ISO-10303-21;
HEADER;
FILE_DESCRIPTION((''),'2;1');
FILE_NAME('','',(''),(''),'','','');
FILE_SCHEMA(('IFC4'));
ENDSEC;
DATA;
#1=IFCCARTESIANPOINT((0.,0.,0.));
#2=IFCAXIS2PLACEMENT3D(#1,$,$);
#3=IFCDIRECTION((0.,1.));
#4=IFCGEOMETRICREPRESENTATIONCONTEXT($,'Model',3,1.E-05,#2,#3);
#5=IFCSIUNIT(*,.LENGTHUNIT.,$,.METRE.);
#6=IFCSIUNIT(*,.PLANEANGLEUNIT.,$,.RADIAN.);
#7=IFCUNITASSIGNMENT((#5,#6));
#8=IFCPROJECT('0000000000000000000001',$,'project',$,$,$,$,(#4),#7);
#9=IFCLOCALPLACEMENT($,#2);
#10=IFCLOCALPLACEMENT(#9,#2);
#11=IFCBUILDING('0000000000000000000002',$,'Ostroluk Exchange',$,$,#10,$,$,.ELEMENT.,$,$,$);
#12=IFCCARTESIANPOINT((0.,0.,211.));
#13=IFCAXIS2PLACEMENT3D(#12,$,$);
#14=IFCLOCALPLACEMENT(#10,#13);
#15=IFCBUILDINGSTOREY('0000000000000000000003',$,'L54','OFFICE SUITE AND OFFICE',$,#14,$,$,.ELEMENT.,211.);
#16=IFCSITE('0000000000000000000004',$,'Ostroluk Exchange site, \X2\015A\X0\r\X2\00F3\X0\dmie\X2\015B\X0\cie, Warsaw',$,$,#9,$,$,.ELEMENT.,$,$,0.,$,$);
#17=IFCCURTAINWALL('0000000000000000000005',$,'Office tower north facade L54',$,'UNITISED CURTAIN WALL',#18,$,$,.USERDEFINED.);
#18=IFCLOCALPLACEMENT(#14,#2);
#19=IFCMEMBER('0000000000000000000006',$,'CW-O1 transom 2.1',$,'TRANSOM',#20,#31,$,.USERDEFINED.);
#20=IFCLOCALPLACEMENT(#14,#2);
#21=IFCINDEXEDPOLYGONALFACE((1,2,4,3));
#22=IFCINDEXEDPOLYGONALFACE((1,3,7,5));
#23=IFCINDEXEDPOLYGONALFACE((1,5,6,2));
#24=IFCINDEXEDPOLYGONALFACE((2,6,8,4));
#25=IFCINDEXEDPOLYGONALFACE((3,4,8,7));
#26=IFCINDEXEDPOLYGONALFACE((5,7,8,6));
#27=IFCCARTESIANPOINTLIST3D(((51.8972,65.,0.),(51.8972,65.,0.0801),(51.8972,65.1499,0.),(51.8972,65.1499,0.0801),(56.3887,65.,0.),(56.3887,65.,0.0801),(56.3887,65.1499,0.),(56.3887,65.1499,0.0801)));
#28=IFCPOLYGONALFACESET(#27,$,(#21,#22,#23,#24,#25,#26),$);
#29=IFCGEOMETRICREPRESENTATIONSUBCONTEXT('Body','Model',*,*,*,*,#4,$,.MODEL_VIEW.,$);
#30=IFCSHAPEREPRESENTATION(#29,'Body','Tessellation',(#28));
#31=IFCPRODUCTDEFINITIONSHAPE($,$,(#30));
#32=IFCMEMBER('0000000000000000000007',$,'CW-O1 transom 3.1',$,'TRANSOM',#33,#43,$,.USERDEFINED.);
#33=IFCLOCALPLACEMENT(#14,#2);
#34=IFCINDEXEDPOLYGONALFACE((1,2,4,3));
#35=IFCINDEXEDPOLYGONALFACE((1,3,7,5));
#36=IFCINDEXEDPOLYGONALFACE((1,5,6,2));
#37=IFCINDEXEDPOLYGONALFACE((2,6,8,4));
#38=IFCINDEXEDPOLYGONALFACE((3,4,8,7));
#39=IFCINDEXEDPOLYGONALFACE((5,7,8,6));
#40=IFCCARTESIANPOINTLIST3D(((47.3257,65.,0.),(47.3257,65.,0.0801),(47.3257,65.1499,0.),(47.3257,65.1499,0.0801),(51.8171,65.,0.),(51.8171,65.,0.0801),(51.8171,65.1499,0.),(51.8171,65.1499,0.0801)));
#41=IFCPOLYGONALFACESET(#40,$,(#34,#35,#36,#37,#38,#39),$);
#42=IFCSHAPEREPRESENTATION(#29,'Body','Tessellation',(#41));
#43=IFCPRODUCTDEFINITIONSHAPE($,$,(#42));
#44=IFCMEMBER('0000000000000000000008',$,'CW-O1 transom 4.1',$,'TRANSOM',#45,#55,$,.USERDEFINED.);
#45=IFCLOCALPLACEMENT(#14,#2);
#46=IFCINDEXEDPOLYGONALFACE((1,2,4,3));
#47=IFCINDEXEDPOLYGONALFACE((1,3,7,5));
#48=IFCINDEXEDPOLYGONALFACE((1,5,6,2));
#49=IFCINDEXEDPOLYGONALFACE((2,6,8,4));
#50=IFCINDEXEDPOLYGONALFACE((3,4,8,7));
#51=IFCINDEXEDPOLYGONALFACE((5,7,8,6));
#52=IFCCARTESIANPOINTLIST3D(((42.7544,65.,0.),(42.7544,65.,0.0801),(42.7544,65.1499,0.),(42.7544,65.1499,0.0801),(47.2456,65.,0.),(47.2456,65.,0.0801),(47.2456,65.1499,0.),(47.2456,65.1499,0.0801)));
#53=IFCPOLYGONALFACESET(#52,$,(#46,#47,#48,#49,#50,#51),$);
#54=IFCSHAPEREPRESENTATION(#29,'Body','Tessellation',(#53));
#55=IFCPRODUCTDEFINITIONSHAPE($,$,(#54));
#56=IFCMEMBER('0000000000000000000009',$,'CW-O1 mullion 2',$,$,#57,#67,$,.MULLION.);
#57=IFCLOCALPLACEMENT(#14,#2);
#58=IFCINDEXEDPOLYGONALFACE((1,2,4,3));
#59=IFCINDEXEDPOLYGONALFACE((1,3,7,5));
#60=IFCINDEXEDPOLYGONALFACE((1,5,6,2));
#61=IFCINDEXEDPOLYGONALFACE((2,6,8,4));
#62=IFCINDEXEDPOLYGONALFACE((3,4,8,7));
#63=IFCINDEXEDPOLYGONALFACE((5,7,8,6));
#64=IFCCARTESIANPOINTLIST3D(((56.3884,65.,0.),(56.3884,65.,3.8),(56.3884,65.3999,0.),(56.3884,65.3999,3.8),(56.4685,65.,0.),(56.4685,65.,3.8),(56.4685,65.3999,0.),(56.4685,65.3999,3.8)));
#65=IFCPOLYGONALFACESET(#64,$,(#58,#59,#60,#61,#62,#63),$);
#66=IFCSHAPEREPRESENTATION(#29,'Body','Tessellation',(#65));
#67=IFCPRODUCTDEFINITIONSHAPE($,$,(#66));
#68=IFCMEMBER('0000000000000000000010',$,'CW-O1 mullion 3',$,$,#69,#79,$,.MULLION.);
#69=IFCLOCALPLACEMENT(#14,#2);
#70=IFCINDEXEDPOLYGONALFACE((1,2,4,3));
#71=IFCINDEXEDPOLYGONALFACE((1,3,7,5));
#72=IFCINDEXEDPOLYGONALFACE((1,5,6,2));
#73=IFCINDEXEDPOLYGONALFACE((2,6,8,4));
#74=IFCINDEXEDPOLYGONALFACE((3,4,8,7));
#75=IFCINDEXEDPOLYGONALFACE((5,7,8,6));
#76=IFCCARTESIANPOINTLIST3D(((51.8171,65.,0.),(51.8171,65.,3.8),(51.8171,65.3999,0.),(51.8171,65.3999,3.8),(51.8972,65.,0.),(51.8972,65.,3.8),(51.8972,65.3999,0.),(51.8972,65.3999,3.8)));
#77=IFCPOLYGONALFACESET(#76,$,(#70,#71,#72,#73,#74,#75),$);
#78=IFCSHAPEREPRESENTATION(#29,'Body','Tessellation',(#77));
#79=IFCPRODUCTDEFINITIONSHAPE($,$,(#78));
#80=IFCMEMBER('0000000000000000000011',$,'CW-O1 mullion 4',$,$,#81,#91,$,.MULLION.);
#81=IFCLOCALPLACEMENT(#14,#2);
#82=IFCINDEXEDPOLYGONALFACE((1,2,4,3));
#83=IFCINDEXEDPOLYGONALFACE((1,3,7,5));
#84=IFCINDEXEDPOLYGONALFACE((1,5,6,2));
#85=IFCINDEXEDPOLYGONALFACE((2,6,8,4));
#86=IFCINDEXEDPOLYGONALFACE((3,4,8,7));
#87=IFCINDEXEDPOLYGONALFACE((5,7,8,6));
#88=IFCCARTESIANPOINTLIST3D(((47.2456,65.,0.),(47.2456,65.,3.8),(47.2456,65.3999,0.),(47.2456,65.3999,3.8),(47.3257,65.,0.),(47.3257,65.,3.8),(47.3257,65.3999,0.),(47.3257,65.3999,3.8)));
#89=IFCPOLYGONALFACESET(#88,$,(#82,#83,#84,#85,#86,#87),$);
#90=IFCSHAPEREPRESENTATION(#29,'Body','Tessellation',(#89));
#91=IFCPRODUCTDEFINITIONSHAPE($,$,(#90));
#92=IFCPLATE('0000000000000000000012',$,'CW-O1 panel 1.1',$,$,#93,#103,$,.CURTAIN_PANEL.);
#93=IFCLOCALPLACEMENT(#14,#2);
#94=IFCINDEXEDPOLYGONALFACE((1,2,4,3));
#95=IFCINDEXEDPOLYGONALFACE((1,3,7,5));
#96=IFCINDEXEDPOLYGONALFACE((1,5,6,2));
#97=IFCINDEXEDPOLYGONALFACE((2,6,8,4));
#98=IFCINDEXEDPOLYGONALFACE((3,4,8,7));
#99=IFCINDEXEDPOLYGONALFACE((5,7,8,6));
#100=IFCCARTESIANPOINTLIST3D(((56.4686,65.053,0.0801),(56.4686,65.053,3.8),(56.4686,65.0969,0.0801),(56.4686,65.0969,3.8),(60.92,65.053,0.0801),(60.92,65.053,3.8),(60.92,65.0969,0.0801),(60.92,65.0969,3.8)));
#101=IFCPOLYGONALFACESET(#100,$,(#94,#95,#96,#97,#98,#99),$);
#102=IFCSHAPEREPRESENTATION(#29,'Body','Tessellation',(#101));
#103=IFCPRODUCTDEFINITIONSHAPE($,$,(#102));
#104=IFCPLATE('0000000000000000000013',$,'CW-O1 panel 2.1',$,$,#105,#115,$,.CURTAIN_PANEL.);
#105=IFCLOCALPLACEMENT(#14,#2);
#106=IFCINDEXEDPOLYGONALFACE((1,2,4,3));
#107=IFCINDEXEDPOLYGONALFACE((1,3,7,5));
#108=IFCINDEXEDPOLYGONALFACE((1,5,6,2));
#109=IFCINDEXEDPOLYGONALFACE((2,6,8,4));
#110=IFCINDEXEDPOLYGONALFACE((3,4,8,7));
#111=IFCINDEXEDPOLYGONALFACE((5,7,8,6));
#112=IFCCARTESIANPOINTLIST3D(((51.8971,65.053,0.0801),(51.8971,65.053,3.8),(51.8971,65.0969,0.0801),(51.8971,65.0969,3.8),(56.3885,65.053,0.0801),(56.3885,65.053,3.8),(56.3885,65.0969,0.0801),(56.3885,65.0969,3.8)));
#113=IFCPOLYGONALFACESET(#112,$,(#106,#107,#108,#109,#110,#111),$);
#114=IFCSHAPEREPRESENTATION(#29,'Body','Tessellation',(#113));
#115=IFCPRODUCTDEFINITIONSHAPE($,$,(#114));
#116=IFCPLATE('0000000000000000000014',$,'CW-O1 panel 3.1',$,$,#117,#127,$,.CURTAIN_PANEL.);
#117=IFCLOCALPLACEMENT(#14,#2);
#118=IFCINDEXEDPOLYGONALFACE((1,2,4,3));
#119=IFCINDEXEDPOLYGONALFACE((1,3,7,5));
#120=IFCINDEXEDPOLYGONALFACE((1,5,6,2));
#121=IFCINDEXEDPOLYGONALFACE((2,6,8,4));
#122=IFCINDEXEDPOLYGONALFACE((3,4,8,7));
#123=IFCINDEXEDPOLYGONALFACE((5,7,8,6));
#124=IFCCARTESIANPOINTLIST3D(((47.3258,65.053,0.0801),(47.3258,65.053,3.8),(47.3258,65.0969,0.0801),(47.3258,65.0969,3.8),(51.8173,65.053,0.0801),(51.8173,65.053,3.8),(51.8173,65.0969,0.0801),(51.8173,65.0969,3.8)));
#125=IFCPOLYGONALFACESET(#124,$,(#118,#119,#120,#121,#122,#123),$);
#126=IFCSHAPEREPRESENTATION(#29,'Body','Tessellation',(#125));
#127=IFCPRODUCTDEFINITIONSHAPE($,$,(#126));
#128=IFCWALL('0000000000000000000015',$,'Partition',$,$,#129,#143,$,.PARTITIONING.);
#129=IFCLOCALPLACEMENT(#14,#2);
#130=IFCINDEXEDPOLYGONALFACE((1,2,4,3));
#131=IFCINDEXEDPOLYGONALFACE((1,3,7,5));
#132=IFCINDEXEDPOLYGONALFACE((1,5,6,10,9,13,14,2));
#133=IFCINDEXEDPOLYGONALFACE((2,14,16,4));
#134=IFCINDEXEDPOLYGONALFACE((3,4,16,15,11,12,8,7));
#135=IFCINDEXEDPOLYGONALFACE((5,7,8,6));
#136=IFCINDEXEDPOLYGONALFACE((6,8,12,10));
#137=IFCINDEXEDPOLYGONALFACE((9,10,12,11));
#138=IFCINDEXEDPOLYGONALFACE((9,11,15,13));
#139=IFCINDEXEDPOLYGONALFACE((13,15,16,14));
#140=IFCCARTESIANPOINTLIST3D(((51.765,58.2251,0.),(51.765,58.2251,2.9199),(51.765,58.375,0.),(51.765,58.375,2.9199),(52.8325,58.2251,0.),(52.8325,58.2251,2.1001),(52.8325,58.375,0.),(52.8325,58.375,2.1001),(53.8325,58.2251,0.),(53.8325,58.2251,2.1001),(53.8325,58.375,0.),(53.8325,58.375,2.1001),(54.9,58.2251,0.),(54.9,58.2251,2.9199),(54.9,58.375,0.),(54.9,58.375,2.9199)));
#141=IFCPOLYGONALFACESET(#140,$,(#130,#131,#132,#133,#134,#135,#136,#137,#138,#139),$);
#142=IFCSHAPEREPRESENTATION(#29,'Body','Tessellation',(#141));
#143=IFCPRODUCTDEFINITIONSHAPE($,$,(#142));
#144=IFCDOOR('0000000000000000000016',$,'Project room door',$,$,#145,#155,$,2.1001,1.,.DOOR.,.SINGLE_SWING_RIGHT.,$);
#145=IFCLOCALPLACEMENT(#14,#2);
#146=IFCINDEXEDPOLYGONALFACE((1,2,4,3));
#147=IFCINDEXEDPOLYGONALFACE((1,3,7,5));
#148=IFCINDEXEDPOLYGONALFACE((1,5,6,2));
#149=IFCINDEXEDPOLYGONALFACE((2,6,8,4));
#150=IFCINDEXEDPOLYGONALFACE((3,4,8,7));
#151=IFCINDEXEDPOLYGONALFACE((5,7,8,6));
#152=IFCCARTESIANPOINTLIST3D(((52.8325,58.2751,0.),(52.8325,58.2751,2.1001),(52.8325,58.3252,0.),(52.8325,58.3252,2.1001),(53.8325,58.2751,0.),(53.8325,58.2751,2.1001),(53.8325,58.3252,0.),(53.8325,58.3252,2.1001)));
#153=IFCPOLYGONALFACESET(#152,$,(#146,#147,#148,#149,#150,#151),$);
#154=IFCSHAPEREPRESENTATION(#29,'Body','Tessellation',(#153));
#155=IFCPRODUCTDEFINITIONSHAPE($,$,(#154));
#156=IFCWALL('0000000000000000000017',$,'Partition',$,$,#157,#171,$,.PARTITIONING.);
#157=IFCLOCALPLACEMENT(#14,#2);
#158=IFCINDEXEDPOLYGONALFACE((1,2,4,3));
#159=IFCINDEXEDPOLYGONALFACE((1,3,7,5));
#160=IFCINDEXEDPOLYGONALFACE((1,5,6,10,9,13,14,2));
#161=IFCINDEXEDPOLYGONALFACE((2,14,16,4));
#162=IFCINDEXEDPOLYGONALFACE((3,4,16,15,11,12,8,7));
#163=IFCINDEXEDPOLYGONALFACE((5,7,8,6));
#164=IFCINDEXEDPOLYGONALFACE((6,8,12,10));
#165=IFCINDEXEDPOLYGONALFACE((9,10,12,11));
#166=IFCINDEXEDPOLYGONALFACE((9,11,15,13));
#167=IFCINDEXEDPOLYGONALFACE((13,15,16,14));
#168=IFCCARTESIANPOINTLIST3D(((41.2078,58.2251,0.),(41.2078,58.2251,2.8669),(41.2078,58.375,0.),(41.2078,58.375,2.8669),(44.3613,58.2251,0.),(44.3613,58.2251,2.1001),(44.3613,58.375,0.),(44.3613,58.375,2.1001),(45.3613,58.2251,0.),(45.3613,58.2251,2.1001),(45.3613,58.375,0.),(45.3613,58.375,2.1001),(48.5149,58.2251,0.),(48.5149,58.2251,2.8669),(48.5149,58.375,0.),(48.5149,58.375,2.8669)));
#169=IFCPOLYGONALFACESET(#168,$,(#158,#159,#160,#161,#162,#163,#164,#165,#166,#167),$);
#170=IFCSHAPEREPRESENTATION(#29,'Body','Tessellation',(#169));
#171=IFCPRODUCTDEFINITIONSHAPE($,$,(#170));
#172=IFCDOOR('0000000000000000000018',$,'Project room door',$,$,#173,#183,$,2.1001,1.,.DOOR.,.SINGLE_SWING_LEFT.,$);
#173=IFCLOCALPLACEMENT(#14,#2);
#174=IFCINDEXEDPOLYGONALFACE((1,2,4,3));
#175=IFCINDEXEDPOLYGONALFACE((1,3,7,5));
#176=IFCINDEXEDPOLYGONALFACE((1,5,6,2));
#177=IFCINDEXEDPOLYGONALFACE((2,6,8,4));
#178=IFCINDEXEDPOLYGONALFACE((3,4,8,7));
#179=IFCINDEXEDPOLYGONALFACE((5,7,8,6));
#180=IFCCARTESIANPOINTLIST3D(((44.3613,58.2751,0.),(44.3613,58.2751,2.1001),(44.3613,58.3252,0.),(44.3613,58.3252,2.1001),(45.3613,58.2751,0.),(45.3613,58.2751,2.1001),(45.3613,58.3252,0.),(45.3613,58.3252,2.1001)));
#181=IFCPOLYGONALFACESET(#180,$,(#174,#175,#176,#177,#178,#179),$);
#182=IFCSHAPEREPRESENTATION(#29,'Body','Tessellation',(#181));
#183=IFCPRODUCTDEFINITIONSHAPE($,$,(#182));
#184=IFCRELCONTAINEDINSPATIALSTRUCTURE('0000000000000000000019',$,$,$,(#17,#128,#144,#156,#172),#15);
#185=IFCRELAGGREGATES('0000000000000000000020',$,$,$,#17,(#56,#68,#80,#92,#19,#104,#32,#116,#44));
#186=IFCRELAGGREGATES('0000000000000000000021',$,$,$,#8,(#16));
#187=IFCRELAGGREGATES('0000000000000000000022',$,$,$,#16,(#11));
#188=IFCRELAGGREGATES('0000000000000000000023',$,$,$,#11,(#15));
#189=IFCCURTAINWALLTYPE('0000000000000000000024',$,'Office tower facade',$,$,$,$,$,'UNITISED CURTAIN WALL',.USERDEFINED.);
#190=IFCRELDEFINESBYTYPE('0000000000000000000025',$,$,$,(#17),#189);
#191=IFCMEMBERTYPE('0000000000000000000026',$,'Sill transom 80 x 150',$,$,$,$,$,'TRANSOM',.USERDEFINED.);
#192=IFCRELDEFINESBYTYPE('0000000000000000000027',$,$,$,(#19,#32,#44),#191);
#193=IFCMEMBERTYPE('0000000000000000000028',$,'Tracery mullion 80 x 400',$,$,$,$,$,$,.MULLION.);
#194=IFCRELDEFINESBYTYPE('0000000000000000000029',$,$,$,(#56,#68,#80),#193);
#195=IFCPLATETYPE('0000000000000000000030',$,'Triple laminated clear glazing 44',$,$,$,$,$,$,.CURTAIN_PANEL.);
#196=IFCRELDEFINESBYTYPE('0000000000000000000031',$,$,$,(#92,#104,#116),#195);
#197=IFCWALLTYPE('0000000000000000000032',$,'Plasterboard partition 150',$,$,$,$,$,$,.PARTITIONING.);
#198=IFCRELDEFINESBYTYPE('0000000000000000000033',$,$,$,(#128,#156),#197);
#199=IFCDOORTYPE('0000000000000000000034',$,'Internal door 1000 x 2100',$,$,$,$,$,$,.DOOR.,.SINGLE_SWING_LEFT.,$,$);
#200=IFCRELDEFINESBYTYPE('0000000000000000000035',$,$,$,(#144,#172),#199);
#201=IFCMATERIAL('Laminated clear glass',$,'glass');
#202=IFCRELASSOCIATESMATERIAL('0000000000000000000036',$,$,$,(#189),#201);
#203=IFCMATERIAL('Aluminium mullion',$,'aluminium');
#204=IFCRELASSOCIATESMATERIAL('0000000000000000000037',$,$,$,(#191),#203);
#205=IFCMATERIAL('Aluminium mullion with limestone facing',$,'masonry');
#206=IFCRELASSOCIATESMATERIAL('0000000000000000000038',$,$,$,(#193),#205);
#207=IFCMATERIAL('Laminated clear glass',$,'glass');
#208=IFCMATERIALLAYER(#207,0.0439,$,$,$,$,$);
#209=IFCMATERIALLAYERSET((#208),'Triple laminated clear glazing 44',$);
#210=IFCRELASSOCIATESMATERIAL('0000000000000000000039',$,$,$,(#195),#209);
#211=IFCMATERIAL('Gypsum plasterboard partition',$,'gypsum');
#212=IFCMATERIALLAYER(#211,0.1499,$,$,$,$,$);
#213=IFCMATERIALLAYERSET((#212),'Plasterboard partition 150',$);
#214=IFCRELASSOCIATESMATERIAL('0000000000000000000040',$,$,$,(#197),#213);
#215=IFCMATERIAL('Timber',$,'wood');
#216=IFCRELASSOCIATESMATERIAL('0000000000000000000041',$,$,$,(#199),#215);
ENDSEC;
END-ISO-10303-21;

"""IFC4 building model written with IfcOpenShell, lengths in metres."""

from ifc_helpers import new_model, si_unit, direction, frame, frame_2d, origin, origin_2d, place, context, subcontext, project, spatial, rectangle, extrude, material, layer, layer_set, material_profile, profile_set, type_object, element, fill, aggregate, save


model = new_model("IFC4")

# Units and contexts
model_context = context("Model", 3, precision=1e-05, world=origin(), true_north=direction((0.0, 1.0)))
body_context = subcontext(model_context, "Body", "Model", "MODEL_VIEW")
ifc_project = project(units=[si_unit("LENGTHUNIT", "METRE"), si_unit("PLANEANGLEUNIT", "RADIAN")], contexts=[model_context])

# Site, building, storey
site_placement = place(None, origin())
site = spatial("IfcSite", under=ifc_project, at=site_placement, Name="Ostroluk Exchange site, Śródmieście, Warsaw", CompositionType="ELEMENT", RefElevation=0.0)
building_placement = place(site_placement, origin())
building = spatial("IfcBuilding", under=site, at=building_placement, Name="Ostroluk Exchange", CompositionType="ELEMENT")
storey_placement = place(building_placement, frame((0.0, 0.0, 211.0)))
storey = spatial("IfcBuildingStorey", under=building, at=storey_placement, Name="L54", Description="OFFICE SUITE AND OFFICE", CompositionType="ELEMENT", Elevation=211.0)

# Curtain wall, members, plates
ifc_material_1 = material(Name="Laminated clear glass", Category="glass")
curtain_wall_type = type_object("IfcCurtainWallType", Name="Office tower facade", ElementType="UNITISED CURTAIN WALL", PredefinedType="USERDEFINED", material=ifc_material_1)
curtain_wall_placement = place(storey_placement, origin())
curtain_wall = element("IfcCurtainWall", 1, at=curtain_wall_placement, inside=storey, type_object=curtain_wall_type, Name="Office tower north facade L54", ObjectType="UNITISED CURTAIN WALL", PredefinedType="USERDEFINED")
ifc_material_2 = material(Name="Aluminium mullion", Category="aluminium")
ifc_material_profile_1 = material_profile(ifc_material_2, rectangle(XDim=0.1499, YDim=0.0801, at=origin_2d()), Name="Sill transom 80 x 150")
ifc_profile_set_1 = profile_set([ifc_material_profile_1], Name="Aluminium mullion")
member_type_1 = type_object("IfcMemberType", Name="Sill transom 80 x 150", ElementType="TRANSOM", PredefinedType="USERDEFINED", material=ifc_profile_set_1)
member_1_placement = place(storey_placement, frame((56.3887, 65.075, 0.04), z_axis=(-1.0, 0.0, 0.0), x_axis=(0.0, -1.0, 0.0)))
member_1 = element("IfcMember", 2, at=member_1_placement, type_object=member_type_1, Name="CW-O1 transom 2.1", ObjectType="TRANSOM", PredefinedType="USERDEFINED", context=body_context, shape_type="SweptSolid", body=[
    extrude(rectangle(XDim=0.1499, YDim=0.0801, at=origin_2d()), origin(), (0.0, 0.0, 1.0), 4.4915),
])
member_2_placement = place(storey_placement, frame((51.8171, 65.075, 0.04), z_axis=(-1.0, 0.0, 0.0), x_axis=(0.0, -1.0, 0.0)))
member_2 = element("IfcMember", 3, at=member_2_placement, type_object=member_type_1, Name="CW-O1 transom 3.1", ObjectType="TRANSOM", PredefinedType="USERDEFINED", context=body_context, shape_type="SweptSolid", body=[
    extrude(rectangle(XDim=0.1499, YDim=0.0801, at=origin_2d()), origin(), (0.0, 0.0, 1.0), 4.4915),
])
member_3_placement = place(storey_placement, frame((47.2456, 65.075, 0.04), z_axis=(-1.0, 0.0, 0.0), x_axis=(0.0, -1.0, 0.0)))
member_3 = element("IfcMember", 4, at=member_3_placement, type_object=member_type_1, Name="CW-O1 transom 4.1", ObjectType="TRANSOM", PredefinedType="USERDEFINED", context=body_context, shape_type="SweptSolid", body=[
    extrude(rectangle(XDim=0.1499, YDim=0.0801, at=origin_2d()), origin(), (0.0, 0.0, 1.0), 4.4912),
])
ifc_material_3 = material(Name="Aluminium mullion with limestone facing", Category="masonry")
ifc_material_profile_2 = material_profile(ifc_material_3, rectangle(XDim=0.3999, YDim=0.0801, at=origin_2d()), Name="Tracery mullion 80 x 400")
ifc_profile_set_2 = profile_set([ifc_material_profile_2], Name="Aluminium mullion with limestone facing")
member_type_2 = type_object("IfcMemberType", Name="Tracery mullion 80 x 400", PredefinedType="MULLION", material=ifc_profile_set_2)
member_4_placement = place(storey_placement, frame((56.4285, 65.2, 0.0), z_axis=(0.0, 0.0, 1.0), x_axis=(0.0, -1.0, 0.0)))
member_4 = element("IfcMember", 5, at=member_4_placement, type_object=member_type_2, Name="CW-O1 mullion 2", PredefinedType="MULLION", context=body_context, shape_type="SweptSolid", body=[
    extrude(rectangle(XDim=0.3999, YDim=0.0801, at=origin_2d()), origin(), (0.0, 0.0, 1.0), 3.8),
])
member_5_placement = place(storey_placement, frame((51.8572, 65.2, 0.0), z_axis=(0.0, 0.0, 1.0), x_axis=(0.0, -1.0, 0.0)))
member_5 = element("IfcMember", 6, at=member_5_placement, type_object=member_type_2, Name="CW-O1 mullion 3", PredefinedType="MULLION", context=body_context, shape_type="SweptSolid", body=[
    extrude(rectangle(XDim=0.3999, YDim=0.0801, at=origin_2d()), origin(), (0.0, 0.0, 1.0), 3.8),
])
member_6_placement = place(storey_placement, frame((47.2856, 65.2, 0.0), z_axis=(0.0, 0.0, 1.0), x_axis=(0.0, -1.0, 0.0)))
member_6 = element("IfcMember", 7, at=member_6_placement, type_object=member_type_2, Name="CW-O1 mullion 4", PredefinedType="MULLION", context=body_context, shape_type="SweptSolid", body=[
    extrude(rectangle(XDim=0.3999, YDim=0.0801, at=origin_2d()), origin(), (0.0, 0.0, 1.0), 3.8),
])
ifc_material_4 = material(Name="Laminated clear glass", Category="glass")
ifc_layer_1 = layer(ifc_material_4, 0.0439)
ifc_layer_set_1 = layer_set([ifc_layer_1], Name="Triple laminated clear glazing 44")
plate_type = type_object("IfcPlateType", Name="Triple laminated clear glazing 44", PredefinedType="CURTAIN_PANEL", material=ifc_layer_set_1)
plate_1_placement = place(storey_placement, frame((58.6943, 65.075, 0.0801), z_axis=(0.0, 0.0, 1.0), x_axis=(-1.0, 0.0, 0.0)))
plate_1 = element("IfcPlate", 8, at=plate_1_placement, type_object=plate_type, Name="CW-O1 panel 1.1", PredefinedType="CURTAIN_PANEL", context=body_context, shape_type="SweptSolid", body=[
    extrude(rectangle(XDim=4.4514, YDim=0.0439, at=origin_2d()), origin(), (0.0, 0.0, 1.0), 3.72),
])
plate_2_placement = place(storey_placement, frame((54.1428, 65.075, 0.0801), z_axis=(0.0, 0.0, 1.0), x_axis=(-1.0, 0.0, 0.0)))
plate_2 = element("IfcPlate", 9, at=plate_2_placement, type_object=plate_type, Name="CW-O1 panel 2.1", PredefinedType="CURTAIN_PANEL", context=body_context, shape_type="SweptSolid", body=[
    extrude(rectangle(XDim=4.4915, YDim=0.0439, at=origin_2d()), origin(), (0.0, 0.0, 1.0), 3.72),
])
plate_3_placement = place(storey_placement, frame((49.5715, 65.075, 0.0801), z_axis=(0.0, 0.0, 1.0), x_axis=(-1.0, 0.0, 0.0)))
plate_3 = element("IfcPlate", 10, at=plate_3_placement, type_object=plate_type, Name="CW-O1 panel 3.1", PredefinedType="CURTAIN_PANEL", context=body_context, shape_type="SweptSolid", body=[
    extrude(rectangle(XDim=4.4915, YDim=0.0439, at=origin_2d()), origin(), (0.0, 0.0, 1.0), 3.72),
])
aggregate(curtain_wall, [member_4, member_5, member_6, plate_1, member_1, plate_2, member_2, plate_3, member_3])

# Walls, openings, doors
ifc_material_5 = material(Name="Gypsum plasterboard partition", Category="gypsum")
ifc_layer_2 = layer(ifc_material_5, 0.1499)
ifc_layer_set_2 = layer_set([ifc_layer_2], Name="Plasterboard partition 150")
wall_type = type_object("IfcWallType", Name="Plasterboard partition 150", PredefinedType="PARTITIONING", material=ifc_layer_set_2)
wall_1_placement = place(storey_placement, frame((54.8999, 58.3, 0.0), z_axis=(0.0, 0.0, 1.0), x_axis=(-1.0, 0.0, 0.0)))
wall_1 = element("IfcWall", 11, at=wall_1_placement, inside=storey, type_object=wall_type, Name="Partition", PredefinedType="PARTITIONING", context=body_context, shape_type="SweptSolid", body=[
    extrude(rectangle(XDim=3.135, YDim=0.1499, at=frame_2d((1.5674, 0.0))), origin(), (0.0, 0.0, 1.0), 2.9199),
])
opening_1_placement = place(wall_1_placement, frame((1.0674, 0.0, 0.0)))
opening_1 = element("IfcOpeningElement", 12, at=opening_1_placement, cuts=wall_1, PredefinedType="OPENING", context=body_context, shape_type="SweptSolid", body=[
    extrude(rectangle(XDim=1.0, YDim=2.1001, at=frame_2d((0.5, 1.05))), frame((0.0, 0.085, 0.0), z_axis=(0.0, -1.0, 0.0), x_axis=(1.0, 0.0, 0.0)), (0.0, 0.0, 1.0), 0.1699),
])
ifc_material_6 = material(Name="Timber", Category="wood")
door_type = type_object("IfcDoorType", Name="Internal door 1000 x 2100", OperationType="SINGLE_SWING_LEFT", PredefinedType="DOOR", material=ifc_material_6)
door_1_placement = place(opening_1_placement, origin())
door_1 = element("IfcDoor", 13, at=door_1_placement, inside=storey, type_object=door_type, Name="Project room door", OperationType="SINGLE_SWING_RIGHT", OverallHeight=2.1001, OverallWidth=1.0, PredefinedType="DOOR", context=body_context, shape_type="SweptSolid", body=[
    extrude(rectangle(XDim=1.0, YDim=2.1001, at=frame_2d((0.5, 1.05))), frame((0.0, 0.0249, 0.0), z_axis=(0.0, -1.0, 0.0), x_axis=(1.0, 0.0, 0.0)), (0.0, 0.0, 1.0), 0.05),
])
fill(opening_1, door_1)
wall_2_placement = place(storey_placement, frame((48.5149, 58.3, 0.0), z_axis=(0.0, 0.0, 1.0), x_axis=(-1.0, 0.0, 0.0)))
wall_2 = element("IfcWall", 14, at=wall_2_placement, inside=storey, type_object=wall_type, Name="Partition", PredefinedType="PARTITIONING", context=body_context, shape_type="SweptSolid", body=[
    extrude(rectangle(XDim=7.3071, YDim=0.1499, at=frame_2d((3.6536, 0.0))), origin(), (0.0, 0.0, 1.0), 2.8669),
])
opening_2_placement = place(wall_2_placement, frame((3.1536, 0.0, 0.0)))
opening_2 = element("IfcOpeningElement", 15, at=opening_2_placement, cuts=wall_2, PredefinedType="OPENING", context=body_context, shape_type="SweptSolid", body=[
    extrude(rectangle(XDim=1.0, YDim=2.1001, at=frame_2d((0.5, 1.05))), frame((0.0, 0.085, 0.0), z_axis=(0.0, -1.0, 0.0), x_axis=(1.0, 0.0, 0.0)), (0.0, 0.0, 1.0), 0.1699),
])
door_2_placement = place(opening_2_placement, origin())
door_2 = element("IfcDoor", 16, at=door_2_placement, inside=storey, type_object=door_type, Name="Project room door", OperationType="SINGLE_SWING_LEFT", OverallHeight=2.1001, OverallWidth=1.0, PredefinedType="DOOR", context=body_context, shape_type="SweptSolid", body=[
    extrude(rectangle(XDim=1.0, YDim=2.1001, at=frame_2d((0.5, 1.05))), frame((0.0, 0.0249, 0.0), z_axis=(0.0, -1.0, 0.0), x_axis=(1.0, 0.0, 0.0)), (0.0, 0.0, 1.0), 0.05),
])
fill(opening_2, door_2)

save(model, "model.ifc")
